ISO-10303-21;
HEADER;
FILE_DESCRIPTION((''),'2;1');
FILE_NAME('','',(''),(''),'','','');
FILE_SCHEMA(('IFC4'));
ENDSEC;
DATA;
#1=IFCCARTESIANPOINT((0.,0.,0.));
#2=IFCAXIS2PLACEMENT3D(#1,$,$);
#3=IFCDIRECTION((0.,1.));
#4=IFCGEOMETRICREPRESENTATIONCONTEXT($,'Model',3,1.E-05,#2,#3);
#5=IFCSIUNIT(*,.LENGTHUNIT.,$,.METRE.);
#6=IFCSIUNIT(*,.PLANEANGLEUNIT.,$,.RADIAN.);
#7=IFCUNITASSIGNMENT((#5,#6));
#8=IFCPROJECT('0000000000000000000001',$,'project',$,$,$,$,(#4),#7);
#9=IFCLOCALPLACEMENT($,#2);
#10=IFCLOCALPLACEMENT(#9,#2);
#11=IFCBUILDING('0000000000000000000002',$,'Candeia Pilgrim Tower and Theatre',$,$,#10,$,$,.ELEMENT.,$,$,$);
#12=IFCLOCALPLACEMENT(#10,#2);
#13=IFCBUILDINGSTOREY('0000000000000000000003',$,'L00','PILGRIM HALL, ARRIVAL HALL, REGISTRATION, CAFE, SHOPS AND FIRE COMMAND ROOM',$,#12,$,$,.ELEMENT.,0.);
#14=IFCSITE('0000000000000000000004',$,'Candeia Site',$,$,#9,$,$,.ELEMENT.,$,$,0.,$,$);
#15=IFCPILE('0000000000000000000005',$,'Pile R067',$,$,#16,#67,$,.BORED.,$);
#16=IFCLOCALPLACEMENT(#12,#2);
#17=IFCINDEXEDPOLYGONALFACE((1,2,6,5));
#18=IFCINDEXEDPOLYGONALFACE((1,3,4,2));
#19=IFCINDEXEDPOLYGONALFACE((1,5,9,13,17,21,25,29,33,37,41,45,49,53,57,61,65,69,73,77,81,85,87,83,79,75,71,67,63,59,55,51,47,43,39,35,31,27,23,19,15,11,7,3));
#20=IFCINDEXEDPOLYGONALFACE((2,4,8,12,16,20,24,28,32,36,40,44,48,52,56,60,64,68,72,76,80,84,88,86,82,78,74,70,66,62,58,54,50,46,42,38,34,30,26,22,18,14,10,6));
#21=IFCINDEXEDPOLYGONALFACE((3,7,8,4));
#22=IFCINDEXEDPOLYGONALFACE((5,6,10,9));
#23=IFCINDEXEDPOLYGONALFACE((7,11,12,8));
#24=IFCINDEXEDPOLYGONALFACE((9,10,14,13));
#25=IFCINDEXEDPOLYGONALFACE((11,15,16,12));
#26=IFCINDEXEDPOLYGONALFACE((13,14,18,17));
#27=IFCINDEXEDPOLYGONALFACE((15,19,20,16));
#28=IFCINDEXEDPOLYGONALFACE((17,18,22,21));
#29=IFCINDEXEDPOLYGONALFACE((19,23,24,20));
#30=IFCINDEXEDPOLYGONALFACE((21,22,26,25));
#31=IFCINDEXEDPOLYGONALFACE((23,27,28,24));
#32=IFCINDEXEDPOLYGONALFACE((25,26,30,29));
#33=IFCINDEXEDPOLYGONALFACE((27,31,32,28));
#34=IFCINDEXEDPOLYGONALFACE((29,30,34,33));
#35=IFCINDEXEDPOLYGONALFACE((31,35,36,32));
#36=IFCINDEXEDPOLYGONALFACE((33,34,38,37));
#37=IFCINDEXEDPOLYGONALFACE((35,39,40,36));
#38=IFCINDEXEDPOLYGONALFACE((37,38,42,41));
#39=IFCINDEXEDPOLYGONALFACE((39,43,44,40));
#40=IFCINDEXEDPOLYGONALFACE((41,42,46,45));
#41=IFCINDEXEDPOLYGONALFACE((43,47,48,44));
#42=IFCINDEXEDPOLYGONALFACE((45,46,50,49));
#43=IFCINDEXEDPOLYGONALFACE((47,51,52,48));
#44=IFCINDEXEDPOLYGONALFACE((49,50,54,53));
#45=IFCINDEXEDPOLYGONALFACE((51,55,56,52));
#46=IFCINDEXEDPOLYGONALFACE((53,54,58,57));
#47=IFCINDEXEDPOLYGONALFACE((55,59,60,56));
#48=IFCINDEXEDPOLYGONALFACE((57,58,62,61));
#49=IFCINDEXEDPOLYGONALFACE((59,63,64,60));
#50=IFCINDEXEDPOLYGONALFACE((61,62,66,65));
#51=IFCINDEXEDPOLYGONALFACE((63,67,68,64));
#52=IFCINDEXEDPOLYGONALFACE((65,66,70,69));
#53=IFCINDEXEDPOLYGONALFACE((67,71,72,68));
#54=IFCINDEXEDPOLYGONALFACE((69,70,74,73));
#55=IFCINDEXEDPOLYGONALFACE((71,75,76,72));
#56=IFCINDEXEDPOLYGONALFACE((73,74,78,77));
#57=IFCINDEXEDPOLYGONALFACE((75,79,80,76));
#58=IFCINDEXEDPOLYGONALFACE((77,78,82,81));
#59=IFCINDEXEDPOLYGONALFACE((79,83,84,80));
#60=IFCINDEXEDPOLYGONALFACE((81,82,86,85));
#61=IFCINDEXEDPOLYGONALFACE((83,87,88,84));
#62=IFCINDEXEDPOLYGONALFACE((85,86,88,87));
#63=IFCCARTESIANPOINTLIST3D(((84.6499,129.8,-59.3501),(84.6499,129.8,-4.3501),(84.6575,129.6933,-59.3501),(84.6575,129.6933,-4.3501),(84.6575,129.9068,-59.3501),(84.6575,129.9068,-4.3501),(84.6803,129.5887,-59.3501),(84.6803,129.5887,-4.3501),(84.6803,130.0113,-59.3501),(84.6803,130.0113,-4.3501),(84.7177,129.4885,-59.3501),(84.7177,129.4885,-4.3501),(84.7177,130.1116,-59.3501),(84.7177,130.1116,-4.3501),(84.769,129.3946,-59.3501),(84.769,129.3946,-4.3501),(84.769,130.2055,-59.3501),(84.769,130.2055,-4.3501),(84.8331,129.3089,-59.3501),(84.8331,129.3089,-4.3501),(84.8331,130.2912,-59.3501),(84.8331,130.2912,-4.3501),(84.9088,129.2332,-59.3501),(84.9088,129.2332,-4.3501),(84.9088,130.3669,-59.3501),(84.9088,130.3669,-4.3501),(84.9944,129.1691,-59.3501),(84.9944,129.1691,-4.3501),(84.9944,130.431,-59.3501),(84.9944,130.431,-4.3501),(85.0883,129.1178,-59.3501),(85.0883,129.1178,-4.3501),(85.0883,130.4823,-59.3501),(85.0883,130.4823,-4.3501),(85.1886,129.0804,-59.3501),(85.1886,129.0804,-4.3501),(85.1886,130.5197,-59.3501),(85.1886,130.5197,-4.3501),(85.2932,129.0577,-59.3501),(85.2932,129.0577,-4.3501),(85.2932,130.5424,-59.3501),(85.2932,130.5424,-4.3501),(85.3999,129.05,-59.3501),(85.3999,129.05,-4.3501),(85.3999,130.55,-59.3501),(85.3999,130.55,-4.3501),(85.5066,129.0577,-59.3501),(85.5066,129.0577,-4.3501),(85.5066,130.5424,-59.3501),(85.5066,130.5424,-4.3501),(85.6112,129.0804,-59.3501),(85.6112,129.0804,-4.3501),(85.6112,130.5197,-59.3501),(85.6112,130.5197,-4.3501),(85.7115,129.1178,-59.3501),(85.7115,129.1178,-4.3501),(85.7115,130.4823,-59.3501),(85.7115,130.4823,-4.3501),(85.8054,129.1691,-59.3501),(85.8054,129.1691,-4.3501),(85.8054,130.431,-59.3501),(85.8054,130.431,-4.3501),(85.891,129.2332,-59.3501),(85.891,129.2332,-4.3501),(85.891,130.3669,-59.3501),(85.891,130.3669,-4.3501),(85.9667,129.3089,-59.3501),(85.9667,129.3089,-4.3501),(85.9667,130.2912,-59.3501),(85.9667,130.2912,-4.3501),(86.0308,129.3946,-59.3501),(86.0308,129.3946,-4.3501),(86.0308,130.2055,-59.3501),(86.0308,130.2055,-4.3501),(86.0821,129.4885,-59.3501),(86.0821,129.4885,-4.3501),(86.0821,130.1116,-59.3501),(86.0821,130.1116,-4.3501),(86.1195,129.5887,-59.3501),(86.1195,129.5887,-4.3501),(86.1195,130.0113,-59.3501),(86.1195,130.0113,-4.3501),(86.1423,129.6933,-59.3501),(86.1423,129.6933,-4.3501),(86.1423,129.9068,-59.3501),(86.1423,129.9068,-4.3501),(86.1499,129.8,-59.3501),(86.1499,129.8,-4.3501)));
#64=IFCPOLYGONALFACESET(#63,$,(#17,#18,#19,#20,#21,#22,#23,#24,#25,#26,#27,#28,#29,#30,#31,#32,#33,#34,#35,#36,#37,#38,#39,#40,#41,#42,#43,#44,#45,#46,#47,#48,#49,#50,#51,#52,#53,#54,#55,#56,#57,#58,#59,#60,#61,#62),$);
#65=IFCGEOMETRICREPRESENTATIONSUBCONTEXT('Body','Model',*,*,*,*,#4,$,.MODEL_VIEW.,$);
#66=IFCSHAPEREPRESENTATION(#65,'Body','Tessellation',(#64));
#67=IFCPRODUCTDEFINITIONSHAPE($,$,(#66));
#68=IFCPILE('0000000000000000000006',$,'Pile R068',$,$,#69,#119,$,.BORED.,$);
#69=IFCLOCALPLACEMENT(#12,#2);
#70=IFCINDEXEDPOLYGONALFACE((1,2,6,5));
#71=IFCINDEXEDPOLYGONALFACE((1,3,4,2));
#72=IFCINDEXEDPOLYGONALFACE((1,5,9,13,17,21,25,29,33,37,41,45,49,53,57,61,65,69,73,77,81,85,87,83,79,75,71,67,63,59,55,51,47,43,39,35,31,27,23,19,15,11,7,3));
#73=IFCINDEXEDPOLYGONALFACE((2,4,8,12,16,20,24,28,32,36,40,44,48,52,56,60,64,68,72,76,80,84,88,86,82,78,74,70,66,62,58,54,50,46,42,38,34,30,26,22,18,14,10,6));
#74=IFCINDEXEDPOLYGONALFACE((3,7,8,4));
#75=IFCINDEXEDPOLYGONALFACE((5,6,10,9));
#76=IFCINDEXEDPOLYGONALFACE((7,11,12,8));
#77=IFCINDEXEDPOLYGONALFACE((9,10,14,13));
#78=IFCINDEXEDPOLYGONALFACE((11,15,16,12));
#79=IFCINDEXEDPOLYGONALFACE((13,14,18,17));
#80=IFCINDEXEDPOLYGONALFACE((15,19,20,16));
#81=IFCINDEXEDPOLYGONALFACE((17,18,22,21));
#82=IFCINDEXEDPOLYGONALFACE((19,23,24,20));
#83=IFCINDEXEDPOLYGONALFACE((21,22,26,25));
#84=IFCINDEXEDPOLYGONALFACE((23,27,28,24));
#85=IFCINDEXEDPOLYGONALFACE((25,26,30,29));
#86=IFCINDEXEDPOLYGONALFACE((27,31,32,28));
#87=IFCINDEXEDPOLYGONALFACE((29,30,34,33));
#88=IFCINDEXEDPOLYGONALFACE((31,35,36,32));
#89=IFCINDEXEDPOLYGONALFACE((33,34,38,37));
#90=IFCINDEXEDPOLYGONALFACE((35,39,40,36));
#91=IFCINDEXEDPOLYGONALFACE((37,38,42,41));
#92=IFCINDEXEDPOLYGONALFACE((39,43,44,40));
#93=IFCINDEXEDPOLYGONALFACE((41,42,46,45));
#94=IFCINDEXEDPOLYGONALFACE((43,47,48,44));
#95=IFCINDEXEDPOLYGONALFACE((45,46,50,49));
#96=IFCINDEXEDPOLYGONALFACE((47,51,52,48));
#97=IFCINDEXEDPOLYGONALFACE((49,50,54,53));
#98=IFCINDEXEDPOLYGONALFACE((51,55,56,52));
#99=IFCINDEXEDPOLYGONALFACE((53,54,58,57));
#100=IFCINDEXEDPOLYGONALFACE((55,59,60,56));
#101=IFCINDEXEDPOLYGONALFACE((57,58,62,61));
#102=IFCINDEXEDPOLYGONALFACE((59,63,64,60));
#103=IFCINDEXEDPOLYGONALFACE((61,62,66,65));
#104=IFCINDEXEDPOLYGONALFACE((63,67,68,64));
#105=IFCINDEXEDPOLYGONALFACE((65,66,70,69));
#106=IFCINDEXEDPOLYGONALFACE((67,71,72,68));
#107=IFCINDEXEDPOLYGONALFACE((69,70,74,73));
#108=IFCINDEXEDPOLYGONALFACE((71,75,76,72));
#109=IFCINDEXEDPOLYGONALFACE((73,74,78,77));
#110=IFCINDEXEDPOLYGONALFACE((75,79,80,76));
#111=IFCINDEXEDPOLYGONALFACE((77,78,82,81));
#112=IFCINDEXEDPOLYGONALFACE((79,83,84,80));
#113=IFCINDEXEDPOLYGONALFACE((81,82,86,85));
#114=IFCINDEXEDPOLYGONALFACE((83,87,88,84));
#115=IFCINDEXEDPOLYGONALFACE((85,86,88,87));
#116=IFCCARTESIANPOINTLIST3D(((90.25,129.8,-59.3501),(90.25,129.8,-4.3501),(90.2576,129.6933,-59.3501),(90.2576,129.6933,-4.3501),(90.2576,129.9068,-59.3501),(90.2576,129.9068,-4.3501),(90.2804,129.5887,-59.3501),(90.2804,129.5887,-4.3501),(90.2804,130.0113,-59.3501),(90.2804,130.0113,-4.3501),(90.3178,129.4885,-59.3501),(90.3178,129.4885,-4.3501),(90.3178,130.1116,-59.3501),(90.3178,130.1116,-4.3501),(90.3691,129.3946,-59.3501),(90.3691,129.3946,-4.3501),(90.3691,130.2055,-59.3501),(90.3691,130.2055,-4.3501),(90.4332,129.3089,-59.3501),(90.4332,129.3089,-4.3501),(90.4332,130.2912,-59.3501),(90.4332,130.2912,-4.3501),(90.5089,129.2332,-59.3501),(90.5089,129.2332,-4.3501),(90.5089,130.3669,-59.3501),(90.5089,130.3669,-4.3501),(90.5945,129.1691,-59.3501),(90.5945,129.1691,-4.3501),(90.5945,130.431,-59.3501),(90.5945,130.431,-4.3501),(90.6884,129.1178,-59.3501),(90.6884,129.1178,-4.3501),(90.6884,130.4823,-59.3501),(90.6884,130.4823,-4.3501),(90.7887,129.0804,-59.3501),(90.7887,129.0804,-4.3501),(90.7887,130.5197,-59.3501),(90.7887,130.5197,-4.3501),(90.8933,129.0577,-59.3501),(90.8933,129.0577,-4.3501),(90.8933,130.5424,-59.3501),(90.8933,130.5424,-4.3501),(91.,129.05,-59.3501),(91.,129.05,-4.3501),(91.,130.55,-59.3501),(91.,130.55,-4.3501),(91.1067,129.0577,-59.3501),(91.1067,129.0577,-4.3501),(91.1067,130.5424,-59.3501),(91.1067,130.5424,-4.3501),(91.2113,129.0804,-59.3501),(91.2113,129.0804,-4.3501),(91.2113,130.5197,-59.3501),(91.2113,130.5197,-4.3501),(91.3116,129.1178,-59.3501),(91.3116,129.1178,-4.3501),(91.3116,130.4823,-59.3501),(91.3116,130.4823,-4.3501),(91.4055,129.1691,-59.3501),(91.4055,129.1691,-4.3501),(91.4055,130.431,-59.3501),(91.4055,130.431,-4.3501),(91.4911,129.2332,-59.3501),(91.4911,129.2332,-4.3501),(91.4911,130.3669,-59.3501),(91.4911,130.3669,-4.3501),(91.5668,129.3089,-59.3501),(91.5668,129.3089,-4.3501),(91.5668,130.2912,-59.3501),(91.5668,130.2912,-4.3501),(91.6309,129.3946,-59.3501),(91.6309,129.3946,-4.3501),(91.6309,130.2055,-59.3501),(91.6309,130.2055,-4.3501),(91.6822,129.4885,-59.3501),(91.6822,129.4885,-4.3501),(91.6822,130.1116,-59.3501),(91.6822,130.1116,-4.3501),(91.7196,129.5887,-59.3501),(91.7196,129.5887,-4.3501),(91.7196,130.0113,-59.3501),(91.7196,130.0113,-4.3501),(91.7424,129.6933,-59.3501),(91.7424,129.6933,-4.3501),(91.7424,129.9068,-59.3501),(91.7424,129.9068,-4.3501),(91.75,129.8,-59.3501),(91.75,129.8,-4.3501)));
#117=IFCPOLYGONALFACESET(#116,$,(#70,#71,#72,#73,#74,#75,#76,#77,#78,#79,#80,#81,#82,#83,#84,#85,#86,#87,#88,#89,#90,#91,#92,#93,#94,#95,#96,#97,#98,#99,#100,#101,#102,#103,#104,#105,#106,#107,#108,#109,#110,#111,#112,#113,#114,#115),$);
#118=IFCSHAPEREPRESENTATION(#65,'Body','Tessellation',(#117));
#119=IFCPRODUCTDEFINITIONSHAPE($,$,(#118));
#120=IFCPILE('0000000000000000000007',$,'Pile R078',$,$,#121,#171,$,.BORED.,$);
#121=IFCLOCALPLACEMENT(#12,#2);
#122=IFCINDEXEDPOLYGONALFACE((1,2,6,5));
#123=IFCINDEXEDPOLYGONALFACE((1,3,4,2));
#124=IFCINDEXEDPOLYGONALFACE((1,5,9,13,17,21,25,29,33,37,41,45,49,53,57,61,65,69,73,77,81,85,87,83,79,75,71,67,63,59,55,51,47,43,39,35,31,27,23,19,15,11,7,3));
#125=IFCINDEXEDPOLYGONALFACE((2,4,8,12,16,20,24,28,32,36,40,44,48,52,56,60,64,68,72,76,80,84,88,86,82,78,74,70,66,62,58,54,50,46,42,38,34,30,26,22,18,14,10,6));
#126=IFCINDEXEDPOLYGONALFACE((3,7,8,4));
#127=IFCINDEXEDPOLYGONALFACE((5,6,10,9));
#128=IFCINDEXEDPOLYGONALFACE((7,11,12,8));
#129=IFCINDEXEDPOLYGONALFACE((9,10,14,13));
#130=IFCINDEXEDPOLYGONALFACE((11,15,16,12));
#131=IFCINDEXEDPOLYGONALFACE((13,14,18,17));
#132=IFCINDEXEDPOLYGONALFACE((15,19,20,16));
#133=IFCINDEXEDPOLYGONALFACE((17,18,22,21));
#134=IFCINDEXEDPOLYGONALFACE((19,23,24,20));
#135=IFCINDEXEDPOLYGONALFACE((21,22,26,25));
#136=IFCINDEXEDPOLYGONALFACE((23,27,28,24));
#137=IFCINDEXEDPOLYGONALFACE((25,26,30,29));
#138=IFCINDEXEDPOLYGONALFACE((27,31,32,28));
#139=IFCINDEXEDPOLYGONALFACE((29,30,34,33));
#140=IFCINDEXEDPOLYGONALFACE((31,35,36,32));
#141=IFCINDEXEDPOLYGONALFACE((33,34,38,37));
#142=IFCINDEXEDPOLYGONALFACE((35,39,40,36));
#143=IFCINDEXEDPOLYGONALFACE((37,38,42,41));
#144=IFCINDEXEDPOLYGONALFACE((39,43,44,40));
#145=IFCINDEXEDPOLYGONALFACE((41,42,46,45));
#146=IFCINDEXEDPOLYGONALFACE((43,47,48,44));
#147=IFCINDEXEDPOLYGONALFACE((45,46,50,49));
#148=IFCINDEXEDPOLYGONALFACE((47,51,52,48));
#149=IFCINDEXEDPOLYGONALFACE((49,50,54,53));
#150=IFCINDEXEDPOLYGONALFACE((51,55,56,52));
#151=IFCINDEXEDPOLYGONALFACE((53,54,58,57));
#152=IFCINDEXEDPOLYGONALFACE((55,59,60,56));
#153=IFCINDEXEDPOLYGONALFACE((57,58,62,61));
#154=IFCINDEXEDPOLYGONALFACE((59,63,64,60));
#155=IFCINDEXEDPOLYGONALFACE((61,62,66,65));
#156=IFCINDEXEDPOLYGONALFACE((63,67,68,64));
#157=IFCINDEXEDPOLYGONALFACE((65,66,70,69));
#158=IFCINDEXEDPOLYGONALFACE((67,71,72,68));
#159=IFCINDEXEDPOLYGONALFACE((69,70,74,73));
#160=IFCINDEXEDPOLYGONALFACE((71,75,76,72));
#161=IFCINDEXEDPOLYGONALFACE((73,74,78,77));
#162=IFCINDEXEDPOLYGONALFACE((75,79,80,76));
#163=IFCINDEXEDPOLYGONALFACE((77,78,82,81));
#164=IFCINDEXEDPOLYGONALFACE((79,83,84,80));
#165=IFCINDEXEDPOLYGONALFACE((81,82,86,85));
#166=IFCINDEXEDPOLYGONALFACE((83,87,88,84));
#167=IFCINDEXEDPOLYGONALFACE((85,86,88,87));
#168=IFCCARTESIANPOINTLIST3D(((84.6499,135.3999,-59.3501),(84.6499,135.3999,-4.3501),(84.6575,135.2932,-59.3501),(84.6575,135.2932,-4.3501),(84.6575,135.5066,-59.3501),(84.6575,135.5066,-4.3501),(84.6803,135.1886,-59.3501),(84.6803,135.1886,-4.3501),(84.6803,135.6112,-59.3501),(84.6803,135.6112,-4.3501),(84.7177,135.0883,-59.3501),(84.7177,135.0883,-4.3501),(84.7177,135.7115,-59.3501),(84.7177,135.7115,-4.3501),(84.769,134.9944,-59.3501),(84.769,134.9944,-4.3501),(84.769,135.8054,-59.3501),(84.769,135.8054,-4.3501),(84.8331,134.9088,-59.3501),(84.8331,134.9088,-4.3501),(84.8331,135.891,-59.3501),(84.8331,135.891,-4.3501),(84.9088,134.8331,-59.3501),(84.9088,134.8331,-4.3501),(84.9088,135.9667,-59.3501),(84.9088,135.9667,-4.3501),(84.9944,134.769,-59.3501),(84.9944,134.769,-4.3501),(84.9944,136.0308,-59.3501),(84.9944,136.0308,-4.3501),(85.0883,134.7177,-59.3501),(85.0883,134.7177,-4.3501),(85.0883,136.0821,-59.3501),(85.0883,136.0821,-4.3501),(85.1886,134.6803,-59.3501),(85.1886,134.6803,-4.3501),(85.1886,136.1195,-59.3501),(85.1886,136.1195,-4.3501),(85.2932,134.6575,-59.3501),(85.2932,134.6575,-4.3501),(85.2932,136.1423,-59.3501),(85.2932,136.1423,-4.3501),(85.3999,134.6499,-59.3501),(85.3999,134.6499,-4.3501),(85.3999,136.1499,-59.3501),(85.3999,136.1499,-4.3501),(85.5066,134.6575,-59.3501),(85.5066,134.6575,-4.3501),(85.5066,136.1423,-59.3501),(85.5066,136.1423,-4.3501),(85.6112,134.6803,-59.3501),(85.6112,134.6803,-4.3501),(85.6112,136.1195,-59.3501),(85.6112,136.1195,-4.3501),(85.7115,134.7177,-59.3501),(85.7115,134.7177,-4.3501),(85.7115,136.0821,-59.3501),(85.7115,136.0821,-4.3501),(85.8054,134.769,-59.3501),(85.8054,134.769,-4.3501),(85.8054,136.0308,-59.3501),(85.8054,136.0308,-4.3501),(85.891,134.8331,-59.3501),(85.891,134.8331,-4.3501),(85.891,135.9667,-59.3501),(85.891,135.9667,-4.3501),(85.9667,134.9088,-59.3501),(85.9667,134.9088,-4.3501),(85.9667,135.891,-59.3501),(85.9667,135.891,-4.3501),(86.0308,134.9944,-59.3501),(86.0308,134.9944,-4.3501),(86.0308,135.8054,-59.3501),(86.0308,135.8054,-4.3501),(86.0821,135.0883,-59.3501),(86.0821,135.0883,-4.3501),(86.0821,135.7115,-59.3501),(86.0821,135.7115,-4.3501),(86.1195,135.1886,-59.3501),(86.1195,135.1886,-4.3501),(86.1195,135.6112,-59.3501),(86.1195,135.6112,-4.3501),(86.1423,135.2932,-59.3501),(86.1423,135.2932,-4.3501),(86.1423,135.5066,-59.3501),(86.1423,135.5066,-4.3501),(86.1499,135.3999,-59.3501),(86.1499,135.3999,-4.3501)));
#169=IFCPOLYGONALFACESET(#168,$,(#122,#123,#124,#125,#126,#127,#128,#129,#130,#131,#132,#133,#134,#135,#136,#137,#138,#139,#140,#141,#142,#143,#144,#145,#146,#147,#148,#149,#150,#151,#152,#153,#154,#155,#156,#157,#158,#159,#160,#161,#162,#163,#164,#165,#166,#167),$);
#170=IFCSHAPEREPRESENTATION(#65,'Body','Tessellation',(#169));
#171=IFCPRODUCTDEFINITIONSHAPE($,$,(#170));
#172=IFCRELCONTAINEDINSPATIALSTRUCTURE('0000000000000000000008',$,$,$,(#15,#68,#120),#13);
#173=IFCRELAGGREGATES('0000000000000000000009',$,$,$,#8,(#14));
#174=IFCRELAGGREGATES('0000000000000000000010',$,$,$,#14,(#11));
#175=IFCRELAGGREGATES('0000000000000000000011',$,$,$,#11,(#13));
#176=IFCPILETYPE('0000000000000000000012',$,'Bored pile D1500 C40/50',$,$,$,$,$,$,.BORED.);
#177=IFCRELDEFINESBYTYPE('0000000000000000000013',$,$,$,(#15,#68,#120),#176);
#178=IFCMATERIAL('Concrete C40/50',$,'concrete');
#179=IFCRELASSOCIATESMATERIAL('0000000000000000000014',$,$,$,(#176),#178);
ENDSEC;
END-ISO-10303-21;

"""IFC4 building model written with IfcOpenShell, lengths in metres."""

from ifc_helpers import new_model, si_unit, direction, frame, origin, origin_2d, place, context, subcontext, project, spatial, circle, extrude, material, material_profile, profile_set, type_object, element, save


model = new_model("IFC4")

# Units and contexts
model_context = context("Model", 3, precision=1e-05, world=origin(), true_north=direction((0.0, 1.0)))
body_context = subcontext(model_context, "Body", "Model", "MODEL_VIEW")
ifc_project = project(units=[si_unit("LENGTHUNIT", "METRE"), si_unit("PLANEANGLEUNIT", "RADIAN")], contexts=[model_context])

# Site, building, storey
site_placement = place(None, origin())
site = spatial("IfcSite", under=ifc_project, at=site_placement, Name="Candeia Site", CompositionType="ELEMENT", RefElevation=0.0)
building_placement = place(site_placement, origin())
building = spatial("IfcBuilding", under=site, at=building_placement, Name="Candeia Pilgrim Tower and Theatre", CompositionType="ELEMENT")
storey_placement = place(building_placement, origin())
storey = spatial("IfcBuildingStorey", under=building, at=storey_placement, Name="L00", Description="PILGRIM HALL, ARRIVAL HALL, REGISTRATION, CAFE, SHOPS AND FIRE COMMAND ROOM", CompositionType="ELEMENT", Elevation=0.0)

# Piles
ifc_material_1 = material(Name="Concrete C40/50", Category="concrete")
ifc_material_profile_1 = material_profile(ifc_material_1, circle(Radius=0.75, at=origin_2d()))
ifc_profile_set_1 = profile_set([ifc_material_profile_1], Name="Concrete C40/50")
pile_type = type_object("IfcPileType", Name="Bored pile D1500 C40/50", PredefinedType="BORED", material=ifc_profile_set_1)
for number, where, z_axis, x_axis, name in (
    (1, (85.3999, 129.8, -4.3501), (0.0, 0.0, -1.0), (1.0, 0.0, 0.0), "Pile R067"),
    (2, (91.0, 129.8, -4.3501), (0.0, 0.0, -1.0), (1.0, 0.0, 0.0), "Pile R068"),
    (3, (85.3999, 135.3999, -4.3501), (0.0, 0.0, -1.0), (1.0, 0.0, 0.0), "Pile R078"),
):
    element("IfcPile", number, at=place(storey_placement, frame(where, z_axis=z_axis, x_axis=x_axis)), inside=storey, type_object=pile_type, Name=name, PredefinedType="BORED", context=body_context, shape_type="SweptSolid", body=[
        extrude(circle(Radius=0.75, at=origin_2d()), origin(), (0.0, 0.0, 1.0), 55.0),
    ])

save(model, "model.ifc")
